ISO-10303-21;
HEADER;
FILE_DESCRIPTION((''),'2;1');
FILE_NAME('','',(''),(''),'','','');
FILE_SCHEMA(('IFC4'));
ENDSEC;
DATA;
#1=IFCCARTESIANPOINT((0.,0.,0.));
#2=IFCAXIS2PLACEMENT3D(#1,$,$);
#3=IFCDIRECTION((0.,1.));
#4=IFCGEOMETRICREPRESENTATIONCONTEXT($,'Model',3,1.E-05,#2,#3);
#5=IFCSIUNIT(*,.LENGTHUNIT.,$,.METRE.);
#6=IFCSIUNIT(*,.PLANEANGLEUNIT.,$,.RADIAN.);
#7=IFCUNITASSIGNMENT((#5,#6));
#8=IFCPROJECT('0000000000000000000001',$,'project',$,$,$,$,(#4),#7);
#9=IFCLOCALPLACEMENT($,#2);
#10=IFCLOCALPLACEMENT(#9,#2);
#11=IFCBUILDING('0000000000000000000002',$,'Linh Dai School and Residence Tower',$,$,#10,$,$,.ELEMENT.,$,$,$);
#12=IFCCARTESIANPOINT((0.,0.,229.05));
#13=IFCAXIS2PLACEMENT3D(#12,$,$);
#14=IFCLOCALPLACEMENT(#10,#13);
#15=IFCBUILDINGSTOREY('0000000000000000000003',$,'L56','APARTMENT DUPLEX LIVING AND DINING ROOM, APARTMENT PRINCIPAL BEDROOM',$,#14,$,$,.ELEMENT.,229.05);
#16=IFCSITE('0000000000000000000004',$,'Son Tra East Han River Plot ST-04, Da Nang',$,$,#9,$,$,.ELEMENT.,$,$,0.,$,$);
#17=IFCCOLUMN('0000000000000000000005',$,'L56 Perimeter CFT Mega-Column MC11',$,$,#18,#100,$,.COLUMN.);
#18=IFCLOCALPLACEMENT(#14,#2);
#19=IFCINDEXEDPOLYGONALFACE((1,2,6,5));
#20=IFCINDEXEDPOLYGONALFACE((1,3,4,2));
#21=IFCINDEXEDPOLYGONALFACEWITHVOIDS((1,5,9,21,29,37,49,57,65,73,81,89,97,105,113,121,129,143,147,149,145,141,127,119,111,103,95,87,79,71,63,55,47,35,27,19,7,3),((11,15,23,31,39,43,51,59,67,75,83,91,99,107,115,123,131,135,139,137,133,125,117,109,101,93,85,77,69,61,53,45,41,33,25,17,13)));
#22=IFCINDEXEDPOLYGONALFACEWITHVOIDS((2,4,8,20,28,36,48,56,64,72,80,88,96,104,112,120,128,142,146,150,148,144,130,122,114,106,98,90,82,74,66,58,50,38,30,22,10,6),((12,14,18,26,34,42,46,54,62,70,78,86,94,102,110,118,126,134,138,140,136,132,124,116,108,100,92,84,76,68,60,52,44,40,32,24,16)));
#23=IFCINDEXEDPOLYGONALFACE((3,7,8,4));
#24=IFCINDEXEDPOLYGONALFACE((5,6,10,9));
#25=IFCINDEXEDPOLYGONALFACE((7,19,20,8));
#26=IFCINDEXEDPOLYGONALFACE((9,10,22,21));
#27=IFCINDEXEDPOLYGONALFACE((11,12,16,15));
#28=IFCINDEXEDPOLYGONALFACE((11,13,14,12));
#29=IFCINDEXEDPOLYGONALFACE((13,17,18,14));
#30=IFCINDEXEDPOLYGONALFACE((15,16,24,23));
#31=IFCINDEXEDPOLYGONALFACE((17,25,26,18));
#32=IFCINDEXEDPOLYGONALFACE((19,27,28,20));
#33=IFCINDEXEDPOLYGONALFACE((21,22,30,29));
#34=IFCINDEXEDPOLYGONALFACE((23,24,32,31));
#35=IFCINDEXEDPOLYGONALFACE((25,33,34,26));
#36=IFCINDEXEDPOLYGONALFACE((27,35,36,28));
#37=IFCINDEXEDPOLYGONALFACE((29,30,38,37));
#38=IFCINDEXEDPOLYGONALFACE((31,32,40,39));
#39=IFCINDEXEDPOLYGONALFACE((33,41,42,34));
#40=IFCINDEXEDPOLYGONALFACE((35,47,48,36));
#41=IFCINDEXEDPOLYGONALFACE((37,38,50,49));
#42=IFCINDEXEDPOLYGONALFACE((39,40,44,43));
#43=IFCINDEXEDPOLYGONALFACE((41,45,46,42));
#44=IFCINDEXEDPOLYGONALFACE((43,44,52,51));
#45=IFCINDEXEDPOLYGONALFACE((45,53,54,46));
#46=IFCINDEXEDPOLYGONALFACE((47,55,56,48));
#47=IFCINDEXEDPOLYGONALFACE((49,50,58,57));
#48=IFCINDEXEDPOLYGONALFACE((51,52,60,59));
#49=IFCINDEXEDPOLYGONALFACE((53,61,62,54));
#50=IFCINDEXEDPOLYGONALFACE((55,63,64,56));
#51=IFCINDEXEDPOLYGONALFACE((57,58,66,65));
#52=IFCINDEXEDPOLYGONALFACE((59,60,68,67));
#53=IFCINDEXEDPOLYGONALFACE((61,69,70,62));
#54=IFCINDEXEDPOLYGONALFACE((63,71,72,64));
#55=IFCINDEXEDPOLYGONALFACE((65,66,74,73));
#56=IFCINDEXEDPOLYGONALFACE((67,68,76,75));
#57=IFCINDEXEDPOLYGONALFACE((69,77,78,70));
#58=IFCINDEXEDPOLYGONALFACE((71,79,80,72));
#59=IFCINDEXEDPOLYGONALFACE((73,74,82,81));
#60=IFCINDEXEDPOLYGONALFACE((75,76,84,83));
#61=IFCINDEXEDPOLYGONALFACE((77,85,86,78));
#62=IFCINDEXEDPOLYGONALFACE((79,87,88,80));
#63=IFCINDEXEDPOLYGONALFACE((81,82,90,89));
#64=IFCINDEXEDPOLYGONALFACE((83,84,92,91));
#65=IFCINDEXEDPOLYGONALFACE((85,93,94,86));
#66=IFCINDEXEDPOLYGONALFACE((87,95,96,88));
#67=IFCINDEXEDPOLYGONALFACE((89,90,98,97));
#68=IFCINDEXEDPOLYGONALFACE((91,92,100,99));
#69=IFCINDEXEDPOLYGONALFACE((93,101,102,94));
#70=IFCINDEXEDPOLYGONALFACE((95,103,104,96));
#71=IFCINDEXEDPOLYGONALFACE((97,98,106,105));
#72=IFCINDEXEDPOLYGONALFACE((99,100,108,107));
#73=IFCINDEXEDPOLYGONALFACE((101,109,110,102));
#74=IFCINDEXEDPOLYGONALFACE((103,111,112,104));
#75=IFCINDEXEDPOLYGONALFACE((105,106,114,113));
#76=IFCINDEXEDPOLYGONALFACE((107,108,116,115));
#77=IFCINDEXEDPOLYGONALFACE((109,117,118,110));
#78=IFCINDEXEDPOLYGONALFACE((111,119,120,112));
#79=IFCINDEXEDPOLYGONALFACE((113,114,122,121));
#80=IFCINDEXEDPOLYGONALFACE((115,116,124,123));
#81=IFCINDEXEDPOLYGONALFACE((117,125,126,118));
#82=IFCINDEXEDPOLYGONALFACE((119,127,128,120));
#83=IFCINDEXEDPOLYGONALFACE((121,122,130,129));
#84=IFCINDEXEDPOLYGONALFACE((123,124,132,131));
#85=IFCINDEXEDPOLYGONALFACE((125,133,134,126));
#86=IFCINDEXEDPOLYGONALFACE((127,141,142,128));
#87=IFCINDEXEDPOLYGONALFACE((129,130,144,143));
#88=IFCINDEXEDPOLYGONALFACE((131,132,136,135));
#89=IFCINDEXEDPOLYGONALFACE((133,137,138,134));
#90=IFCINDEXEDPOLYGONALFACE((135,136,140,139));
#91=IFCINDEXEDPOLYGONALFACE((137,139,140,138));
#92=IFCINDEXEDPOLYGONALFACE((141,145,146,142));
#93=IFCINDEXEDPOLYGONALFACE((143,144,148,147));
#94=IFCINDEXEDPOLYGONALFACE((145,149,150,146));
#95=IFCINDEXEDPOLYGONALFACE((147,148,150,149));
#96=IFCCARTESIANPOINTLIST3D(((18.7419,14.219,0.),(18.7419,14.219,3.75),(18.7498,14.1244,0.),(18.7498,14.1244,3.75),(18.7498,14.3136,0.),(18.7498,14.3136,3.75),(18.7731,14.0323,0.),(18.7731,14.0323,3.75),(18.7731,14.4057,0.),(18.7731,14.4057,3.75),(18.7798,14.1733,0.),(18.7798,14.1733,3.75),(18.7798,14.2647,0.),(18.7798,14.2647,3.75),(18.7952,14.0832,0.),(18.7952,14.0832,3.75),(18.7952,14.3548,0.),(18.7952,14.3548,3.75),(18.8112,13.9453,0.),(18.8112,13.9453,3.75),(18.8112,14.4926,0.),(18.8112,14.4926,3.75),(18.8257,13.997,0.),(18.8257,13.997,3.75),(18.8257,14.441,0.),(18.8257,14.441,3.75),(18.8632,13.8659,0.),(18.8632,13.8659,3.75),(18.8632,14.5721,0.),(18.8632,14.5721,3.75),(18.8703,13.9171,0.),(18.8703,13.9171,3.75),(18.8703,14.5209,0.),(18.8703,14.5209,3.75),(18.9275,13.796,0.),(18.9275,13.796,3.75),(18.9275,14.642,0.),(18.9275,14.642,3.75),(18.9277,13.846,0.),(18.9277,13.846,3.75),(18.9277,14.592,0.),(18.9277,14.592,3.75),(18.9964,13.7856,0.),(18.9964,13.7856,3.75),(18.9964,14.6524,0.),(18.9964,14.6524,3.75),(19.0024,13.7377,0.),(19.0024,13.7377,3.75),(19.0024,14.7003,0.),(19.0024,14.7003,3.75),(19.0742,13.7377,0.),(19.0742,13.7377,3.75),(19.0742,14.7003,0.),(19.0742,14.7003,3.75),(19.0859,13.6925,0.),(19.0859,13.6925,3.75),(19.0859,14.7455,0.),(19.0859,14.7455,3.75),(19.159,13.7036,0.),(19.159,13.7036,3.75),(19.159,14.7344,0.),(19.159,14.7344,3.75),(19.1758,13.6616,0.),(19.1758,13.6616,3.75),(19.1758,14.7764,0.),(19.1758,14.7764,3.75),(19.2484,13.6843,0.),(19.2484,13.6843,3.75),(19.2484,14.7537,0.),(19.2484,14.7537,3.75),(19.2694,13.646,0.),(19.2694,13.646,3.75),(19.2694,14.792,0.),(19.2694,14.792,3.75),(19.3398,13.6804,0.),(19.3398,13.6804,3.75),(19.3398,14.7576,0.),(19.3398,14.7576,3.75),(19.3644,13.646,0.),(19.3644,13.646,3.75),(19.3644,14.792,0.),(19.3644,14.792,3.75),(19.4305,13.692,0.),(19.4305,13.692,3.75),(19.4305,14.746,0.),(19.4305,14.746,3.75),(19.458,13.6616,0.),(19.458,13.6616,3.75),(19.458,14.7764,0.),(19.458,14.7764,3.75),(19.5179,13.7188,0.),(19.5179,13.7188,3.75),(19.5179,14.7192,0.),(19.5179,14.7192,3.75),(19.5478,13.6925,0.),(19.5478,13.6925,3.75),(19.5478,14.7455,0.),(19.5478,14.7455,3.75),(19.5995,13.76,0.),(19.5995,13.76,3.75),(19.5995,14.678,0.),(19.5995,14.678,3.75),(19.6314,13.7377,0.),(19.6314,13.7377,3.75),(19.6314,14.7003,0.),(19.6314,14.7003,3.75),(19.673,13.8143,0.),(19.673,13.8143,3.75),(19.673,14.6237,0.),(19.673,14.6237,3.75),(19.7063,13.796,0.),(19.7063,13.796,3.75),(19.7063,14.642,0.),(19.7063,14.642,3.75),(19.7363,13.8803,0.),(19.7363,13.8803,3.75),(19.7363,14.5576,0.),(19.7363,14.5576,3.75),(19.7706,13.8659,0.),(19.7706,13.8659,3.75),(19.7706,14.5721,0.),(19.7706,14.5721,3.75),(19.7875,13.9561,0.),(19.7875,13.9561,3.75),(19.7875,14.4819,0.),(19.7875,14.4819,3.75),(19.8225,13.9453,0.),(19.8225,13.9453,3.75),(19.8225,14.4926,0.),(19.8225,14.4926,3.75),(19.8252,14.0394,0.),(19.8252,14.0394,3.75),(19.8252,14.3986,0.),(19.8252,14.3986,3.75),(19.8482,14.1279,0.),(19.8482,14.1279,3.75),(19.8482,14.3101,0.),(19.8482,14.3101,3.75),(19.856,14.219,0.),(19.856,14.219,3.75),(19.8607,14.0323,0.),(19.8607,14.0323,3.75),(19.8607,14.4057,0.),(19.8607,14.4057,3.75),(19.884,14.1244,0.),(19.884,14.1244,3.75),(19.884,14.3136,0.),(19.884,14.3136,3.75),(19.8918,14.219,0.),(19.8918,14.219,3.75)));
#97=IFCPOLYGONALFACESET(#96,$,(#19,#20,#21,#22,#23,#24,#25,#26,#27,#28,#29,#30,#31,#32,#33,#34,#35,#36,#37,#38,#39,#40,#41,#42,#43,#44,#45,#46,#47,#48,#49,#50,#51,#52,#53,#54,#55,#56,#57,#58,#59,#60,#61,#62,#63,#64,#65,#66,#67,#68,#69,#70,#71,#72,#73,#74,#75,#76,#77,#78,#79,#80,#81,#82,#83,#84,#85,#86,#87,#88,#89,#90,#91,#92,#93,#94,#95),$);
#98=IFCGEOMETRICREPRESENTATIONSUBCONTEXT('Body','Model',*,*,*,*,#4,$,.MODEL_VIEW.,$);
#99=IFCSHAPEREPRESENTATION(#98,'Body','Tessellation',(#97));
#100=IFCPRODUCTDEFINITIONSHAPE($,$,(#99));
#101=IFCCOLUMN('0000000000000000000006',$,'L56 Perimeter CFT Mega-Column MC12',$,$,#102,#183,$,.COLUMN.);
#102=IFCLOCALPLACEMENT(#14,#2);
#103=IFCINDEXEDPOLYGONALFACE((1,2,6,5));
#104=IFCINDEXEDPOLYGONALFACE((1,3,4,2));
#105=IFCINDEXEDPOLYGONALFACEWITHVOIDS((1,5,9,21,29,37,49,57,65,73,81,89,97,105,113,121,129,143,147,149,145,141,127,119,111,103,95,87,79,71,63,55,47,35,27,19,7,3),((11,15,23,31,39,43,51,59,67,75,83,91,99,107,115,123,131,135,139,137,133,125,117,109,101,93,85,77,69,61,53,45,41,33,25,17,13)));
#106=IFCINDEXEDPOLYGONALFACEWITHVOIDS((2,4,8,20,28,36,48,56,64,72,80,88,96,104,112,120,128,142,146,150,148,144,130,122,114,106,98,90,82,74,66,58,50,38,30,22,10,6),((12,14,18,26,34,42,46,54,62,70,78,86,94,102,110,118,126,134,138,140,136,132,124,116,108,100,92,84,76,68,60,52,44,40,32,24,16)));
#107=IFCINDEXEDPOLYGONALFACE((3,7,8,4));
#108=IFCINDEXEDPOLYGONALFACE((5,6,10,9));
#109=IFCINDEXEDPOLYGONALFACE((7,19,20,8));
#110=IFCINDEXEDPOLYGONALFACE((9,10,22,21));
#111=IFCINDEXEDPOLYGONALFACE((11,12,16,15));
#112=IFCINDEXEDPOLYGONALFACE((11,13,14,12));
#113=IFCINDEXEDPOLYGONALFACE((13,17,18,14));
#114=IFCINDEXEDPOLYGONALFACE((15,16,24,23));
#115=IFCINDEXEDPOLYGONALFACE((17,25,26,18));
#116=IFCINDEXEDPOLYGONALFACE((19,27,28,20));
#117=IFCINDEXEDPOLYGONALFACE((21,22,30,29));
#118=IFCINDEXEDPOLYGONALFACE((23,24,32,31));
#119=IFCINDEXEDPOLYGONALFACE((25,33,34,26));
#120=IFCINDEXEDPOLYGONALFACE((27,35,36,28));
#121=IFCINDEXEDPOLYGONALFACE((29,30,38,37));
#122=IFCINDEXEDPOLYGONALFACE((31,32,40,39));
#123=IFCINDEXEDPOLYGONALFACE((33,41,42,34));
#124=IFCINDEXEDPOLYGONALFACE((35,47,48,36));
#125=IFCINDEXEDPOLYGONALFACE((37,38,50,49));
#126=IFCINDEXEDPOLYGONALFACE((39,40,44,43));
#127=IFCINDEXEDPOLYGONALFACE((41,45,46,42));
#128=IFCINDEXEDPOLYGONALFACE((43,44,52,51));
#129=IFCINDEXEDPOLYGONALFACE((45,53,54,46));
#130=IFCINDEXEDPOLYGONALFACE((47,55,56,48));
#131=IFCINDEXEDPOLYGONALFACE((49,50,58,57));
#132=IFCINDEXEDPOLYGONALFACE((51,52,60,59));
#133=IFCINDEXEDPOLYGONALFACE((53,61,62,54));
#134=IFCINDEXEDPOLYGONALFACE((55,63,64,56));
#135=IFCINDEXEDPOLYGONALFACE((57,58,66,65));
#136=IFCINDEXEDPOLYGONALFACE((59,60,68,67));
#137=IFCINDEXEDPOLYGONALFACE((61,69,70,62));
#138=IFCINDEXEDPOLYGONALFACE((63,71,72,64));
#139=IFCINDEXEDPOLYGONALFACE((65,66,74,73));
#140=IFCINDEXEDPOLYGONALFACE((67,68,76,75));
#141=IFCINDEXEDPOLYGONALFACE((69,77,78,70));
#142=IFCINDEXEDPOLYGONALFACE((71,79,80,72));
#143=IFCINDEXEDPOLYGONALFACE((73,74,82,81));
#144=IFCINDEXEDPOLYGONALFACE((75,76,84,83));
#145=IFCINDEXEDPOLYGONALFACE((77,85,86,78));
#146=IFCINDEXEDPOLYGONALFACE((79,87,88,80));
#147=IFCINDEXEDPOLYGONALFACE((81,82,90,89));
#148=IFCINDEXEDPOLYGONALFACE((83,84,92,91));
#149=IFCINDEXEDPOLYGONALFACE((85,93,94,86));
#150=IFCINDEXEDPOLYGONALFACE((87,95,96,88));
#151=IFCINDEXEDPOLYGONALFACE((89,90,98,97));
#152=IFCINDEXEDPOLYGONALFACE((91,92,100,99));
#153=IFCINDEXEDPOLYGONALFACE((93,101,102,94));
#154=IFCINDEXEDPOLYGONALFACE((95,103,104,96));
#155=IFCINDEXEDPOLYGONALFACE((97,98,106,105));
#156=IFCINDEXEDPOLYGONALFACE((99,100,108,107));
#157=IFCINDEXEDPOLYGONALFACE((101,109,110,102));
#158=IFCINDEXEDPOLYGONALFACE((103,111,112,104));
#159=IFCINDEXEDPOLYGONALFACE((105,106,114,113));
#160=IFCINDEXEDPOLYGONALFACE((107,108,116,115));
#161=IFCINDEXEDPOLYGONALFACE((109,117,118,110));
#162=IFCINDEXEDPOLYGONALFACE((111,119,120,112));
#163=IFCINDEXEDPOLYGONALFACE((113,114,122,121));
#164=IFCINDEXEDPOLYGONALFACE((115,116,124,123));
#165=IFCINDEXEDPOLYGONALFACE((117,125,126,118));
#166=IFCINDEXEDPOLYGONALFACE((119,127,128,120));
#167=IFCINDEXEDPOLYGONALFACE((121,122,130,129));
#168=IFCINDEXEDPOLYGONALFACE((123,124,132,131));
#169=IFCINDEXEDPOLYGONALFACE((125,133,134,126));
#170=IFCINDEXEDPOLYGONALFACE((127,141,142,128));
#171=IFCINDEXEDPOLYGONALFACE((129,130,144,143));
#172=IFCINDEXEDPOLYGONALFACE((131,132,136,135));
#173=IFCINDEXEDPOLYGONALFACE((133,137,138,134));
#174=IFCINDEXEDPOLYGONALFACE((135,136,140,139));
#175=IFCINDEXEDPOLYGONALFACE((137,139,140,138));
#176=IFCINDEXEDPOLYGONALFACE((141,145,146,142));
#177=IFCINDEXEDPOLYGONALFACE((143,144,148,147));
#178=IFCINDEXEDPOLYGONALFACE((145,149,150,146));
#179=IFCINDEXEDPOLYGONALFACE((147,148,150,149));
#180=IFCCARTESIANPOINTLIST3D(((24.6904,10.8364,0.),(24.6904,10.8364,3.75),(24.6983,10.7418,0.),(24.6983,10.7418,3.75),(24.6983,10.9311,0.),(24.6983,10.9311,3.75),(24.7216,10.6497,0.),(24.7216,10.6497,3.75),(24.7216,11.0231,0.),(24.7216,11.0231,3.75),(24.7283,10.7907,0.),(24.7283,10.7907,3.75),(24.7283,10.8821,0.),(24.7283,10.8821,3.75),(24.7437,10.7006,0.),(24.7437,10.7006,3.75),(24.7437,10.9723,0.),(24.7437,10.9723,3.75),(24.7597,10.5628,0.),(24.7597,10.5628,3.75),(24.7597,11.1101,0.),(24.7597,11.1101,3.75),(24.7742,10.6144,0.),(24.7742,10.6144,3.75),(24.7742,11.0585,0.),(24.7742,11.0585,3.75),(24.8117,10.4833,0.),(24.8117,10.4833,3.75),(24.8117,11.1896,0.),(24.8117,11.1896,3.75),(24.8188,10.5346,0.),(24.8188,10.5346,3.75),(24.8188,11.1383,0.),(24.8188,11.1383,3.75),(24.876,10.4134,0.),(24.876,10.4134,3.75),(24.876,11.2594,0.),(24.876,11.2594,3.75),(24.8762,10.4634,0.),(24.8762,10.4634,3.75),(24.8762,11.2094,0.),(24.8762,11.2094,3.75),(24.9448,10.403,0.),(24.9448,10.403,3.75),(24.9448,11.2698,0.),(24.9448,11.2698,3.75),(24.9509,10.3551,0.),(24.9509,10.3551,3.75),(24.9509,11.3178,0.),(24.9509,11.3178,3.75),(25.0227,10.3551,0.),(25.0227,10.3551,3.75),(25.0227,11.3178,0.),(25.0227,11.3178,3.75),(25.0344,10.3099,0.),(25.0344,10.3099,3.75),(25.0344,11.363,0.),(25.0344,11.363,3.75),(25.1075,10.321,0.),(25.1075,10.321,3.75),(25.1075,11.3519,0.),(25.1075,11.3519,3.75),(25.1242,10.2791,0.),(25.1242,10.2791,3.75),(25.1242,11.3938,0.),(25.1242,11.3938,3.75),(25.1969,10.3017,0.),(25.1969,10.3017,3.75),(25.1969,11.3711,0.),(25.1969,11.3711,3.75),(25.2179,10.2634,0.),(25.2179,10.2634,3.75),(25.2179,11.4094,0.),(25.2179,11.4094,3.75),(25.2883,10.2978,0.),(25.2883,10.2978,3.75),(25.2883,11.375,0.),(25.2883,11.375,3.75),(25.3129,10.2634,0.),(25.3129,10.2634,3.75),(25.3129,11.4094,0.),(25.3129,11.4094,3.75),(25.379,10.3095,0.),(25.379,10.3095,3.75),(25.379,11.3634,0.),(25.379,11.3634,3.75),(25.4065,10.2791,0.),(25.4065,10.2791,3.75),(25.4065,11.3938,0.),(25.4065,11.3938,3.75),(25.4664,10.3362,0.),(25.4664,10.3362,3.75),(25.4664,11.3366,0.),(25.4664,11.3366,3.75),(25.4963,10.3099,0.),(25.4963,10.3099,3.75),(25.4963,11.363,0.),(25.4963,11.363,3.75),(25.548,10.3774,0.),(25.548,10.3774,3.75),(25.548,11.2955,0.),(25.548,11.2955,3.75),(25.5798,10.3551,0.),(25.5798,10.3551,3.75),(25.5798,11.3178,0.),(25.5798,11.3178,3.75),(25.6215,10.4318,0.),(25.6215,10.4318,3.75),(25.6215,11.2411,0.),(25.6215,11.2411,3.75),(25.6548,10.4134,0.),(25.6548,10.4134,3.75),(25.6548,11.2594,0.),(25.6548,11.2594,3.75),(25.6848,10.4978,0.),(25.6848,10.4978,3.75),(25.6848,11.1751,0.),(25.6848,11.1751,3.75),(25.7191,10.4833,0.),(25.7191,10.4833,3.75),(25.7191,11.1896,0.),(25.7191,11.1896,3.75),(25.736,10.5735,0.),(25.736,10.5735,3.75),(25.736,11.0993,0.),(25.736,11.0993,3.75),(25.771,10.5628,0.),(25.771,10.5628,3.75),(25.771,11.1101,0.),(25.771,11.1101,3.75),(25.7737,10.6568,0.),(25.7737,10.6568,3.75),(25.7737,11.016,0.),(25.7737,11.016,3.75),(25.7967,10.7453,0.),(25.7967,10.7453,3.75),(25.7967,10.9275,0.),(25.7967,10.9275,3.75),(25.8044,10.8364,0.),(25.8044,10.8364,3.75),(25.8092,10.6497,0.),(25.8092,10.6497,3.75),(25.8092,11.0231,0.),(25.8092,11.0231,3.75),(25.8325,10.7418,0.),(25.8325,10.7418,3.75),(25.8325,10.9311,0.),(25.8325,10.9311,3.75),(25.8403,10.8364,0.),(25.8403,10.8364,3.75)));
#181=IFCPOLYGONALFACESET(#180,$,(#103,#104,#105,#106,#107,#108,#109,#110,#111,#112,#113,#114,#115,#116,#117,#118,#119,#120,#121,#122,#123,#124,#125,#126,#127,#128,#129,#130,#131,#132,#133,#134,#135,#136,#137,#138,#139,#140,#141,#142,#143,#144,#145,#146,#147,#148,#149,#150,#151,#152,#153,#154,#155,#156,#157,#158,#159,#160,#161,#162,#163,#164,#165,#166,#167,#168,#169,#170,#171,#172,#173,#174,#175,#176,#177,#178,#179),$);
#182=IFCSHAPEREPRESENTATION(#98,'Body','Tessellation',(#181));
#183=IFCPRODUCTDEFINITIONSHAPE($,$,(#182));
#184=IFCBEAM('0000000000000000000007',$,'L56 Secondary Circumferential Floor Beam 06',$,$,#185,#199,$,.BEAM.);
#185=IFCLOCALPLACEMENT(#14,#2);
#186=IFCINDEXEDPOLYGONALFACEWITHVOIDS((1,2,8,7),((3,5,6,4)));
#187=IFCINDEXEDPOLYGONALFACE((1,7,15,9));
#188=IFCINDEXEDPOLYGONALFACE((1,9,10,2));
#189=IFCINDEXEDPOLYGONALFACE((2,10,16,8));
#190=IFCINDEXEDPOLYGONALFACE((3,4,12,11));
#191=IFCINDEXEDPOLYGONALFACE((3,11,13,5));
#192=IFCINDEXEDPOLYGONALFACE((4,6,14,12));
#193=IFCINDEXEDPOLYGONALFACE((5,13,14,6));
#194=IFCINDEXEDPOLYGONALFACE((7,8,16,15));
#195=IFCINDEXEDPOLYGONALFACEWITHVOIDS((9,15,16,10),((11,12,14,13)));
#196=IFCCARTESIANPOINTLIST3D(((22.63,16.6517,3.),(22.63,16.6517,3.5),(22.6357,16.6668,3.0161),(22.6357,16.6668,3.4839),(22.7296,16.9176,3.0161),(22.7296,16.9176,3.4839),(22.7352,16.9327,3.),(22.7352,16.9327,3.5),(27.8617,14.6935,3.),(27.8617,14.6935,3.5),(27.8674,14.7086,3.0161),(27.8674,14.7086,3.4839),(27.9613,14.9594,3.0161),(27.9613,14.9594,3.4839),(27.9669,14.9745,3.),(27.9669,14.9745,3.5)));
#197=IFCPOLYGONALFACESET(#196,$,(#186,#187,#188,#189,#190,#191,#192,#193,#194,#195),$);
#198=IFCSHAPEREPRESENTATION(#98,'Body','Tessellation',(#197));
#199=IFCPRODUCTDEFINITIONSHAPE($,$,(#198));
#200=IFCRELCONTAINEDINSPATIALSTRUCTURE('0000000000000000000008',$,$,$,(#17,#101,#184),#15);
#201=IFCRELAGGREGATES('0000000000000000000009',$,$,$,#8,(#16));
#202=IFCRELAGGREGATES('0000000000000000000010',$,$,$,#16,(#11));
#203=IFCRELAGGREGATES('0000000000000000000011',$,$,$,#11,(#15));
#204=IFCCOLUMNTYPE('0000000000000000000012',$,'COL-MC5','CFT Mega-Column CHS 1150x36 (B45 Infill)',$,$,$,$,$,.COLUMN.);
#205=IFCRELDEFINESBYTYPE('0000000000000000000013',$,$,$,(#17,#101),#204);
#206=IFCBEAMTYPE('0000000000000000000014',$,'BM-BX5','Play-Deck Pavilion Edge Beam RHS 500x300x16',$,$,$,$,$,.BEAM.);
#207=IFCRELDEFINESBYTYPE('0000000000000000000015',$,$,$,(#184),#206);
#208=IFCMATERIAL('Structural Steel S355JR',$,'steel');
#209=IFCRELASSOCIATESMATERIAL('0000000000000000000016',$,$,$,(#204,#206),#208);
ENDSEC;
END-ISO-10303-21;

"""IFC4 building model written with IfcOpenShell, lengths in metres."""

from ifc_helpers import new_model, si_unit, direction, frame, origin, origin_2d, place, context, subcontext, project, spatial, hollow_rectangle, hollow_circle, extrude, material, material_profile, profile_set, type_object, element, save


model = new_model("IFC4")

# Units and contexts
model_context = context("Model", 3, precision=1e-05, world=origin(), true_north=direction((0.0, 1.0)))
body_context = subcontext(model_context, "Body", "Model", "MODEL_VIEW")
ifc_project = project(units=[si_unit("LENGTHUNIT", "METRE"), si_unit("PLANEANGLEUNIT", "RADIAN")], contexts=[model_context])

# Site, building, storey
site_placement = place(None, origin())
site = spatial("IfcSite", under=ifc_project, at=site_placement, Name="Son Tra East Han River Plot ST-04, Da Nang", CompositionType="ELEMENT", RefElevation=0.0)
building_placement = place(site_placement, origin())
building = spatial("IfcBuilding", under=site, at=building_placement, Name="Linh Dai School and Residence Tower", CompositionType="ELEMENT")
storey_placement = place(building_placement, frame((0.0, 0.0, 229.05)))
storey = spatial("IfcBuildingStorey", under=building, at=storey_placement, Name="L56", Description="APARTMENT DUPLEX LIVING AND DINING ROOM, APARTMENT PRINCIPAL BEDROOM", CompositionType="ELEMENT", Elevation=229.05)

# Columns
ifc_material_1 = material(Name="Structural Steel S355JR", Category="steel")
ifc_material_profile_1 = material_profile(ifc_material_1, hollow_circle(Radius=0.575, WallThickness=0.0359, at=origin_2d()), Name="CHS 1150x36")
ifc_profile_set_1 = profile_set([ifc_material_profile_1], Name="Structural Steel S355JR")
column_type = type_object("IfcColumnType", Name="COL-MC5", Description="CFT Mega-Column CHS 1150x36 (B45 Infill)", PredefinedType="COLUMN", material=ifc_profile_set_1)
for number, where, z_axis, x_axis, name in (
    (1, (19.3169, 14.219, 0.0), (0.0, 0.0, 1.0), (1.0, 0.0, 0.0), "L56 Perimeter CFT Mega-Column MC11"),
    (2, (25.2654, 10.8364, 0.0), (0.0, 0.0, 1.0), (1.0, 0.0, 0.0), "L56 Perimeter CFT Mega-Column MC12"),
):
    element("IfcColumn", number, at=place(storey_placement, frame(where, z_axis=z_axis, x_axis=x_axis)), inside=storey, type_object=column_type, Name=name, PredefinedType="COLUMN", context=body_context, shape_type="SweptSolid", body=[
        extrude(hollow_circle(Radius=0.575, WallThickness=0.0359, at=origin_2d()), origin(), (0.0, 0.0, 1.0), 3.75),
    ])

# Beam
ifc_material_profile_2 = material_profile(ifc_material_1, hollow_rectangle(XDim=0.3, YDim=0.5, WallThickness=0.0161, at=origin_2d()), Name="RHS 500x300x16")
ifc_profile_set_2 = profile_set([ifc_material_profile_2], Name="Structural Steel S355JR")
beam_type_1 = type_object("IfcBeamType", Name="BM-BX5", Description="Play-Deck Pavilion Edge Beam RHS 500x300x16", PredefinedType="BEAM", material=ifc_profile_set_2)
beam_1_placement = place(storey_placement, frame((22.6826, 16.7922, 3.25), z_axis=(0.936543, -0.350553, 0.0), x_axis=(0.350553, 0.936543, 0.0)))
element("IfcBeam", 3, at=beam_1_placement, inside=storey, type_object=beam_type_1, Name="L56 Secondary Circumferential Floor Beam 06", PredefinedType="BEAM", context=body_context, shape_type="SweptSolid", body=[
    extrude(hollow_rectangle(XDim=0.3, YDim=0.5, WallThickness=0.0161, at=origin_2d()), origin(), (0.0, 0.0, 1.0), 5.5862),
])

save(model, "model.ifc")
